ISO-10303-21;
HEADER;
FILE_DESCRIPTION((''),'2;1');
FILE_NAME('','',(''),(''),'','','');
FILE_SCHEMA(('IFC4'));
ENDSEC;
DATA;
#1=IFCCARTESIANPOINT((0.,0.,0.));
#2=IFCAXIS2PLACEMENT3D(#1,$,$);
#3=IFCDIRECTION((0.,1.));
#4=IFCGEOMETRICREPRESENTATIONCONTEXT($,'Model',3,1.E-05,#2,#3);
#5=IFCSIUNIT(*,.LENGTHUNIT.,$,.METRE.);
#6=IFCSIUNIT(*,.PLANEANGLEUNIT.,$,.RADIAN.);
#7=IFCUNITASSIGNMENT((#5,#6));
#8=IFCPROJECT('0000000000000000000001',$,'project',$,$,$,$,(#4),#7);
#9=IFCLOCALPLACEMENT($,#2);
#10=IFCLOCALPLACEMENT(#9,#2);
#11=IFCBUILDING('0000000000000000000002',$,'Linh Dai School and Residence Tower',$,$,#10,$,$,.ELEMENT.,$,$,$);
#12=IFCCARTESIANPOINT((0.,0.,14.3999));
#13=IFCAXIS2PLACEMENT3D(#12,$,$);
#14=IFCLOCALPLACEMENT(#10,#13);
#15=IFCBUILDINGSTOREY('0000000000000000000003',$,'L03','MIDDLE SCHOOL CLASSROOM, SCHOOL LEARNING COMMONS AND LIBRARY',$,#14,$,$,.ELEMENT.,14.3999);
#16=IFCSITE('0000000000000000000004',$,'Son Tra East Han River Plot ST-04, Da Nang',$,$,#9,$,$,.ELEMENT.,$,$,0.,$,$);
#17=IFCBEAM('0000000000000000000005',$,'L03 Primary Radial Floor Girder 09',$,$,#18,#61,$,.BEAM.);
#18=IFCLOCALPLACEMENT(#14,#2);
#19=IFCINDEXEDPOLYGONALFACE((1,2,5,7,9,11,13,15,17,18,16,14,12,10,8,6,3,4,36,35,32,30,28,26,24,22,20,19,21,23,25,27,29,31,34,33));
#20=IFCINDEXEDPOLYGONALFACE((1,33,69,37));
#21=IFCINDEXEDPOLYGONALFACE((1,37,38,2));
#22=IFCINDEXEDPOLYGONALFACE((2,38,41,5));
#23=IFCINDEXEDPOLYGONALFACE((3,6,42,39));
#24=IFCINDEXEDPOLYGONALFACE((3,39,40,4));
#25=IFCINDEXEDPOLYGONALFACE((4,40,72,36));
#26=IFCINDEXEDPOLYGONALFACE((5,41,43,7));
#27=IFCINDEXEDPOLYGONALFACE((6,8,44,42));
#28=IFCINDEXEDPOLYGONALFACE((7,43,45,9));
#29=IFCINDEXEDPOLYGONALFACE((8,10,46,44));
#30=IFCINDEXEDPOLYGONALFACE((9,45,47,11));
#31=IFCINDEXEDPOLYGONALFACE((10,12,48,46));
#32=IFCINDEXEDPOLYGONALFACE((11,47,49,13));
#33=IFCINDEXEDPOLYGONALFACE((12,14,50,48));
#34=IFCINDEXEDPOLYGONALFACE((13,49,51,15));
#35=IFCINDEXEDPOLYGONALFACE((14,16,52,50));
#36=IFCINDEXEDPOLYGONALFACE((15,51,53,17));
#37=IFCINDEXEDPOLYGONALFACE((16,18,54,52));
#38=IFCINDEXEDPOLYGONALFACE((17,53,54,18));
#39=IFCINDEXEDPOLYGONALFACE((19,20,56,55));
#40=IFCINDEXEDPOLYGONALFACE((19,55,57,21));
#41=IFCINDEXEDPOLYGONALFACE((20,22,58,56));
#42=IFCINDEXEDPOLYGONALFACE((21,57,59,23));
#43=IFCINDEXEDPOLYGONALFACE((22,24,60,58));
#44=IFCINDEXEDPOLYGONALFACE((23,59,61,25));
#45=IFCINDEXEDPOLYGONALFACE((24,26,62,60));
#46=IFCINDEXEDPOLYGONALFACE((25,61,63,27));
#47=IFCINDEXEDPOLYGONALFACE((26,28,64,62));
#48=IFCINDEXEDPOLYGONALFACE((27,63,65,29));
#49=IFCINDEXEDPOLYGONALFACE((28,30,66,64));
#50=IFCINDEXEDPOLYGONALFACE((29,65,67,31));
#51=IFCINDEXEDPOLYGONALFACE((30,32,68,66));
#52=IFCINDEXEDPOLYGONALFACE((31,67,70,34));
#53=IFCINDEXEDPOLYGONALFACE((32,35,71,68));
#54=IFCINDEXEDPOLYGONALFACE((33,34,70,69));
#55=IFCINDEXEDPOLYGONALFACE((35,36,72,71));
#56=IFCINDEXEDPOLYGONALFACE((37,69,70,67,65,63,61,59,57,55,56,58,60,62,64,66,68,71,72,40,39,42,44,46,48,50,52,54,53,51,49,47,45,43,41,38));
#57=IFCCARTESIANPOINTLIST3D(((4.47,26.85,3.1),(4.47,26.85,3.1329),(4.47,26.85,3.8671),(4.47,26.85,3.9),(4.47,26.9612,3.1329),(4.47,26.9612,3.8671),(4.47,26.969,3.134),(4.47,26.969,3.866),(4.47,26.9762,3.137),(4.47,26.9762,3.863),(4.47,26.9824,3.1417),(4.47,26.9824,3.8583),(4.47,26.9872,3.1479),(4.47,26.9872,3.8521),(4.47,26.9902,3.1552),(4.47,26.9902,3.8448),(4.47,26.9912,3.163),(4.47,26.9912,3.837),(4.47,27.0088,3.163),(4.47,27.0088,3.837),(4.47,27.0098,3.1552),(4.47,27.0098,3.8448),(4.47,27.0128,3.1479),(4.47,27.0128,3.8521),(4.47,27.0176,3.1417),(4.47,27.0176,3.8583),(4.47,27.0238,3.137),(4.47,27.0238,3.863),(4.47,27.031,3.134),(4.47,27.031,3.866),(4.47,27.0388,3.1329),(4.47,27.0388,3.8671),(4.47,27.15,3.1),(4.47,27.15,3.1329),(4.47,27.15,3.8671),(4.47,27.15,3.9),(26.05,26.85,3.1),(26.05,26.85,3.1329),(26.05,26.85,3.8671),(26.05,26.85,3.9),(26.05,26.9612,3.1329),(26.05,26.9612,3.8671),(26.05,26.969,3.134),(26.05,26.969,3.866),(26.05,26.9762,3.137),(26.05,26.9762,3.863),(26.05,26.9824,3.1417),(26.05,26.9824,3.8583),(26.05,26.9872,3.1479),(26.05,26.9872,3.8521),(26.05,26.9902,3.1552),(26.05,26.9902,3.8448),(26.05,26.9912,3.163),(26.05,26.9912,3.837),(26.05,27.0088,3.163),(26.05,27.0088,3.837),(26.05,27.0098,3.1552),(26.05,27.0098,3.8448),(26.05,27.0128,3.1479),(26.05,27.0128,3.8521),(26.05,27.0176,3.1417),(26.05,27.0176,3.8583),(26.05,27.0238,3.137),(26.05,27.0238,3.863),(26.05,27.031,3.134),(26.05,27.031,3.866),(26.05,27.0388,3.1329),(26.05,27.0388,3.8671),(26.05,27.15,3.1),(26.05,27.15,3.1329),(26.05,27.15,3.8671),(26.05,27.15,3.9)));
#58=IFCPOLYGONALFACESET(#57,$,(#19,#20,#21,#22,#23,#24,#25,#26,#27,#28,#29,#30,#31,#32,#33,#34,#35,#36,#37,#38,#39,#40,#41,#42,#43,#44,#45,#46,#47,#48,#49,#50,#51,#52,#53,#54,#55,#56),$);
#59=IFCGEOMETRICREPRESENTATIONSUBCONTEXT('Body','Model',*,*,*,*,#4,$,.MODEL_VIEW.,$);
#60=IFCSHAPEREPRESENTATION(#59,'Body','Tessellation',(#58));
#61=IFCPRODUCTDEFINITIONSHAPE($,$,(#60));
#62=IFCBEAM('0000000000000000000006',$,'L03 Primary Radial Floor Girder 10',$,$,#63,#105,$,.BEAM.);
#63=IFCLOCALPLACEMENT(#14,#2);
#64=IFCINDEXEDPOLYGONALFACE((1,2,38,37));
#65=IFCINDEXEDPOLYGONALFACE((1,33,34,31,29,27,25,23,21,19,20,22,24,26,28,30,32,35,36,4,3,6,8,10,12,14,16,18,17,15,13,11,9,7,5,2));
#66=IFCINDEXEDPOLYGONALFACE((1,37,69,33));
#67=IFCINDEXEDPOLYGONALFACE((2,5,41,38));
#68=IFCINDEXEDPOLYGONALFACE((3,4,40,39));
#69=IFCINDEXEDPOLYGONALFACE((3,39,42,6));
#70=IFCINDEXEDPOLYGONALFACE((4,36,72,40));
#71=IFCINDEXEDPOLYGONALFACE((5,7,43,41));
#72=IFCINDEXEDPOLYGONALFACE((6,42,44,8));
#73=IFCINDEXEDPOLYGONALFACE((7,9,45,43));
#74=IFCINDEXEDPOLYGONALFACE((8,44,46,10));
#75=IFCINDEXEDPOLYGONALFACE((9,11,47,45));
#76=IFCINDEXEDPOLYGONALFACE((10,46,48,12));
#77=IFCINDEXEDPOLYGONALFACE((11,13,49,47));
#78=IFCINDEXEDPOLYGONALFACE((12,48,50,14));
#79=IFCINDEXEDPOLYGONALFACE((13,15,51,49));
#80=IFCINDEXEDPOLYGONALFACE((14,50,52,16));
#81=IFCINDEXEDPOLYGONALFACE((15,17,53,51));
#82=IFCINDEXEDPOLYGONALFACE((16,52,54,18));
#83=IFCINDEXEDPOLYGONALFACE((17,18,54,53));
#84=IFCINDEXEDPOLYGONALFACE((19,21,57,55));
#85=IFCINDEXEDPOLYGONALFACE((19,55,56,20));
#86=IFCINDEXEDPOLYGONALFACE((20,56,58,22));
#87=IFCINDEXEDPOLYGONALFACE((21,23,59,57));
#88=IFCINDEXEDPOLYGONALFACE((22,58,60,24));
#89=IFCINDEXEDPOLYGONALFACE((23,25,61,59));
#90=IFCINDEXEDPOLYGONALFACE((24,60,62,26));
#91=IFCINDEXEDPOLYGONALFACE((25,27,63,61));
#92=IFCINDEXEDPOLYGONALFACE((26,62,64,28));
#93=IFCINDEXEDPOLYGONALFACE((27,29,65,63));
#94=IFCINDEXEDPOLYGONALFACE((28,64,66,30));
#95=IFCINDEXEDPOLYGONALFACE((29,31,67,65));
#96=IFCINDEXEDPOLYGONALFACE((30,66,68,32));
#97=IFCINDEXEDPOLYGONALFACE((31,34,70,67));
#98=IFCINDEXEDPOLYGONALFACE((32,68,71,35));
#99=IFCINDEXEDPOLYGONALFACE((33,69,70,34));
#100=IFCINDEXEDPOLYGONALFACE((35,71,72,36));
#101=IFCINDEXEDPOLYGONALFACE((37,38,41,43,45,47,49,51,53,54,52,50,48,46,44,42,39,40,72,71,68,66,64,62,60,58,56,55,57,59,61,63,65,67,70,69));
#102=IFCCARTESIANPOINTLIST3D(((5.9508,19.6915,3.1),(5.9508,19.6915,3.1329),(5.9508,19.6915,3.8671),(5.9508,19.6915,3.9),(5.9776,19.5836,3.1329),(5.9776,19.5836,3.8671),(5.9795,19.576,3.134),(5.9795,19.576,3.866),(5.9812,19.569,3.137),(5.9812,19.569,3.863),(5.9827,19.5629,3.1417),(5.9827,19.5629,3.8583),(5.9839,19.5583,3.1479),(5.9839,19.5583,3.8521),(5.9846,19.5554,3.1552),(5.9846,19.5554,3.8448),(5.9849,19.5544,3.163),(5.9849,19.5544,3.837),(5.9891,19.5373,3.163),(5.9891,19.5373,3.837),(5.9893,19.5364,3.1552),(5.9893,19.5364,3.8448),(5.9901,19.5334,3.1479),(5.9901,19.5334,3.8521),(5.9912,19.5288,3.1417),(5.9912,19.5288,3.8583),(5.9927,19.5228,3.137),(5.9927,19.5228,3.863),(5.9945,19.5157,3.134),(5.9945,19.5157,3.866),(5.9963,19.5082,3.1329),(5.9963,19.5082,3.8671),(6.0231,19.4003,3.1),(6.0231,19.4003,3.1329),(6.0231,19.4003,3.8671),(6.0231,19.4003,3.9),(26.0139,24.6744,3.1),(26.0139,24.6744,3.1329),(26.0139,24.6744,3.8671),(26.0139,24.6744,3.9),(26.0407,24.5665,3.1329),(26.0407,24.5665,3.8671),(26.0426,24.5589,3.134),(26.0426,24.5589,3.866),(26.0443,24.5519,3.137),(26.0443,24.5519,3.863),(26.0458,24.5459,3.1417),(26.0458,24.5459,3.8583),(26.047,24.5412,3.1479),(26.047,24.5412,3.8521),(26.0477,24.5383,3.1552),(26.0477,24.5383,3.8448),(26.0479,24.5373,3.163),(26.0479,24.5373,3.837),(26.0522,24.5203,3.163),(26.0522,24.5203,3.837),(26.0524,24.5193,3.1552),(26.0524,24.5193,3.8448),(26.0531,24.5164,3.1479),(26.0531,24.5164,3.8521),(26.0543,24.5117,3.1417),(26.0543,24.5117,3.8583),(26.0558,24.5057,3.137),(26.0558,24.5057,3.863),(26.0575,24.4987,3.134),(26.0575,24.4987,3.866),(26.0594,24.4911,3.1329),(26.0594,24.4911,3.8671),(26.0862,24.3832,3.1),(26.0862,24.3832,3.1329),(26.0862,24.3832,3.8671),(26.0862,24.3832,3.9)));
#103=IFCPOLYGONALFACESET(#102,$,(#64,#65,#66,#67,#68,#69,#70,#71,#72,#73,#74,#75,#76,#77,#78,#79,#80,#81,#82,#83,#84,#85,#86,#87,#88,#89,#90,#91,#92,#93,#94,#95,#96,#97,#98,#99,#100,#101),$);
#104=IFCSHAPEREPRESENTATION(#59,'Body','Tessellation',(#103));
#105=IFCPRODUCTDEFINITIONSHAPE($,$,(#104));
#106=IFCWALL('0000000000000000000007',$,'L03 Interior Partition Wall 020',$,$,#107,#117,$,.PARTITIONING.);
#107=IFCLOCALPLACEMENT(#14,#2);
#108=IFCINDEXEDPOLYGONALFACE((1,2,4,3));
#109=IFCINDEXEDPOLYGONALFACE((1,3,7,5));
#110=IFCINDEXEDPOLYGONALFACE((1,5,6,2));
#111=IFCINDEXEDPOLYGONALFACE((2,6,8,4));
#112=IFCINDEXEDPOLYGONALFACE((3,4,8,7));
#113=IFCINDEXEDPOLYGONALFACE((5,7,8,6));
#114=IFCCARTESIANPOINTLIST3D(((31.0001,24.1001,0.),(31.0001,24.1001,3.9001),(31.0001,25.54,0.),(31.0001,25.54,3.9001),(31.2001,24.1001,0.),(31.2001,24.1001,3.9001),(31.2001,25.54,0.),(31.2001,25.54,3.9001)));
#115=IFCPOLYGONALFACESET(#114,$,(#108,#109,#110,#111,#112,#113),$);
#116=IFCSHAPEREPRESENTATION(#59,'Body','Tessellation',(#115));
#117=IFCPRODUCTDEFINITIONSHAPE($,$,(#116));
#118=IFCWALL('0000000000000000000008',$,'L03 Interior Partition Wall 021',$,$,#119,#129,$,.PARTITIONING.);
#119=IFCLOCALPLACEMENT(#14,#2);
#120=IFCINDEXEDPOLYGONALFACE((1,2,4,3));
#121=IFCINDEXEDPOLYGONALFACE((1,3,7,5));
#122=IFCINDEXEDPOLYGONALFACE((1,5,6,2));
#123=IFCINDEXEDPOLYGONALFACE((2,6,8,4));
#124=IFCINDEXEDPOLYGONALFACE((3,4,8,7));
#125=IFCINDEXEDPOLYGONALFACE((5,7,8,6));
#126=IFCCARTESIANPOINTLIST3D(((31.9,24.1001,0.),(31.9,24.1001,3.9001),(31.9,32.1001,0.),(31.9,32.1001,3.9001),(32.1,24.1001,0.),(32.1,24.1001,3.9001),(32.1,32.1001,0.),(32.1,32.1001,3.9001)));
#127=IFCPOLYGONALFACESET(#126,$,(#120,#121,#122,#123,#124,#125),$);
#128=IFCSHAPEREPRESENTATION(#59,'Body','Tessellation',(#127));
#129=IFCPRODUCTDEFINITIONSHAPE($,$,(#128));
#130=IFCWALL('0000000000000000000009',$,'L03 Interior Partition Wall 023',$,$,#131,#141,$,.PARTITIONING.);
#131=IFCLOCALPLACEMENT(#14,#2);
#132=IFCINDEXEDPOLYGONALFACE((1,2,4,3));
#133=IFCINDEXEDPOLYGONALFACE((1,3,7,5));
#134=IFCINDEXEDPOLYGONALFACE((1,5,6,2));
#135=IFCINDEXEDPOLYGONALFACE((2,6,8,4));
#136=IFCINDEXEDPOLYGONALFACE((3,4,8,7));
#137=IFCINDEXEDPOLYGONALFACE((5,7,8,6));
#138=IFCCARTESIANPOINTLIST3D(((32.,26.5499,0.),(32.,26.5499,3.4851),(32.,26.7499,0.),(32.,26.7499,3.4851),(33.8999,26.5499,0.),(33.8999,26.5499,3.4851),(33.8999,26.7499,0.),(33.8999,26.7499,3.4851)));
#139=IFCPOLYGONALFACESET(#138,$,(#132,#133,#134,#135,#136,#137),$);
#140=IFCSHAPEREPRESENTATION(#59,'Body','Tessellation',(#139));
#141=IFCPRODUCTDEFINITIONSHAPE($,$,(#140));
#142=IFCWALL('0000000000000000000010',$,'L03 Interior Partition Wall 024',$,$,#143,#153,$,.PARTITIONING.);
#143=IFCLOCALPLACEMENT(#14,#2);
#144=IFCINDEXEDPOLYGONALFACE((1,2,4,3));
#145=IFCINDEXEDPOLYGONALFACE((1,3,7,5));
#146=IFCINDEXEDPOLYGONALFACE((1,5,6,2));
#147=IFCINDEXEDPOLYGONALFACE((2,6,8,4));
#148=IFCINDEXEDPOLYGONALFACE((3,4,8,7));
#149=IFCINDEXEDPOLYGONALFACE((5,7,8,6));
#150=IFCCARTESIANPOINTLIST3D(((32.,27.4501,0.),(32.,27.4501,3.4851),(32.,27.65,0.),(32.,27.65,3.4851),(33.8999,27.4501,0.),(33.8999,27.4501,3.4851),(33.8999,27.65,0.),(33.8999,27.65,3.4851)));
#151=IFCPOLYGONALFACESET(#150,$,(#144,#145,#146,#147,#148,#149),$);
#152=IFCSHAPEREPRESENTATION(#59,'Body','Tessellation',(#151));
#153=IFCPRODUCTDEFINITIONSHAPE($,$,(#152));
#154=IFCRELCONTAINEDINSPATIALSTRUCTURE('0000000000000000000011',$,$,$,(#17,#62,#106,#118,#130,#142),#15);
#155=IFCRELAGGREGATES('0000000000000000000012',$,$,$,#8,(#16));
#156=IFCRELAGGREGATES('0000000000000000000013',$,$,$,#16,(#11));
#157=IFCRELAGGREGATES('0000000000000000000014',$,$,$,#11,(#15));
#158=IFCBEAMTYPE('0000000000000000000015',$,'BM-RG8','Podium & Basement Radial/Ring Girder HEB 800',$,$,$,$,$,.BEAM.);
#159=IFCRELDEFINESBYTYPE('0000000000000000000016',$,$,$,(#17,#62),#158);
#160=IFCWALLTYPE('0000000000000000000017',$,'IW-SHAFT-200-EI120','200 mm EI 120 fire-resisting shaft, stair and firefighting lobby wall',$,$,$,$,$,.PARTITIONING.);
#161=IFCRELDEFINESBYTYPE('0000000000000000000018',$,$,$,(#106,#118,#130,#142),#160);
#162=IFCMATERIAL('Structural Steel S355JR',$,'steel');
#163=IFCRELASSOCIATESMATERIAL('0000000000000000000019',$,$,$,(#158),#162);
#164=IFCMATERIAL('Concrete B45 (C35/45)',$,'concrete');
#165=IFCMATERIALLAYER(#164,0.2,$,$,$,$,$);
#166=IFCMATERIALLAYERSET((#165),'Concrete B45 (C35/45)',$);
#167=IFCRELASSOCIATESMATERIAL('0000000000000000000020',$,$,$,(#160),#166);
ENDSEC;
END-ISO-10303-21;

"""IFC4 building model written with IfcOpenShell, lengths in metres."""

from ifc_helpers import new_model, si_unit, direction, frame, frame_2d, origin, origin_2d, place, context, subcontext, project, spatial, rectangle, i_section, extrude, material, layer, layer_set, material_profile, profile_set, type_object, element, save


model = new_model("IFC4")

# Units and contexts
model_context = context("Model", 3, precision=1e-05, world=origin(), true_north=direction((0.0, 1.0)))
body_context = subcontext(model_context, "Body", "Model", "MODEL_VIEW")
ifc_project = project(units=[si_unit("LENGTHUNIT", "METRE"), si_unit("PLANEANGLEUNIT", "RADIAN")], contexts=[model_context])

# Site, building, storey
site_placement = place(None, origin())
site = spatial("IfcSite", under=ifc_project, at=site_placement, Name="Son Tra East Han River Plot ST-04, Da Nang", CompositionType="ELEMENT", RefElevation=0.0)
building_placement = place(site_placement, origin())
building = spatial("IfcBuilding", under=site, at=building_placement, Name="Linh Dai School and Residence Tower", CompositionType="ELEMENT")
storey_placement = place(building_placement, frame((0.0, 0.0, 14.3999)))
storey = spatial("IfcBuildingStorey", under=building, at=storey_placement, Name="L03", Description="MIDDLE SCHOOL CLASSROOM, SCHOOL LEARNING COMMONS AND LIBRARY", CompositionType="ELEMENT", Elevation=14.3999)

# Shared definitions
ifc_material_1 = material(Name="Structural Steel S355JR", Category="steel")

# Beams
ifc_material_profile_1 = material_profile(ifc_material_1, i_section(OverallWidth=0.3, OverallDepth=0.8, WebThickness=0.0176, FlangeThickness=0.033, FilletRadius=0.03, at=origin_2d()), Name="HEB 800")
ifc_profile_set_1 = profile_set([ifc_material_profile_1], Name="Structural Steel S355JR")
beam_type = type_object("IfcBeamType", Name="BM-RG8", Description="Podium & Basement Radial/Ring Girder HEB 800", PredefinedType="BEAM", material=ifc_profile_set_1)
beam_1_placement = place(storey_placement, frame((26.05, 27.0, 3.5), z_axis=(-1.0, 0.0, 0.0), x_axis=(0.0, -1.0, 0.0)))
element("IfcBeam", 1, at=beam_1_placement, inside=storey, type_object=beam_type, Name="L03 Primary Radial Floor Girder 09", PredefinedType="BEAM", context=body_context, shape_type="SweptSolid", body=[
    extrude(i_section(OverallWidth=0.3, OverallDepth=0.8, WebThickness=0.0176, FlangeThickness=0.033, FilletRadius=0.03, at=origin_2d()), origin(), (0.0, 0.0, 1.0), 21.5801),
])
beam_2_placement = place(storey_placement, frame((26.05, 24.5288, 3.5), z_axis=(-0.970515, -0.24104, 0.0), x_axis=(0.24104, -0.970515, 0.0)))
element("IfcBeam", 2, at=beam_2_placement, inside=storey, type_object=beam_type, Name="L03 Primary Radial Floor Girder 10", PredefinedType="BEAM", context=body_context, shape_type="SweptSolid", body=[
    extrude(i_section(OverallWidth=0.3, OverallDepth=0.8, WebThickness=0.0176, FlangeThickness=0.033, FilletRadius=0.03, at=origin_2d()), origin(), (0.0, 0.0, 1.0), 20.6726),
])

# Walls
ifc_material_2 = material(Name="Concrete B45 (C35/45)", Category="concrete")
ifc_layer_1 = layer(ifc_material_2, 0.2)
ifc_layer_set_1 = layer_set([ifc_layer_1], Name="Concrete B45 (C35/45)")
wall_type_1 = type_object("IfcWallType", Name="IW-SHAFT-200-EI120", Description="200 mm EI 120 fire-resisting shaft, stair and firefighting lobby wall", PredefinedType="PARTITIONING", material=ifc_layer_set_1)
wall_1_placement = place(storey_placement, frame((31.1001, 24.1001, 0.0), z_axis=(0.0, 0.0, 1.0), x_axis=(0.0, 1.0, 0.0)))
element("IfcWall", 3, at=wall_1_placement, inside=storey, type_object=wall_type_1, Name="L03 Interior Partition Wall 020", PredefinedType="PARTITIONING", context=body_context, shape_type="SweptSolid", body=[
    extrude(rectangle(XDim=1.4399, YDim=0.2, at=frame_2d((0.72, 0.0))), origin(), (0.0, 0.0, 1.0), 3.9001),
])
wall_2_placement = place(storey_placement, frame((32.0, 24.1001, 0.0), z_axis=(0.0, 0.0, 1.0), x_axis=(0.0, 1.0, 0.0)))
element("IfcWall", 4, at=wall_2_placement, inside=storey, type_object=wall_type_1, Name="L03 Interior Partition Wall 021", PredefinedType="PARTITIONING", context=body_context, shape_type="SweptSolid", body=[
    extrude(rectangle(XDim=8.0, YDim=0.2, at=frame_2d((4.0, 0.0))), origin(), (0.0, 0.0, 1.0), 3.9001),
])

# Walls
for number, where, z_axis, x_axis, name in (
    (5, (32.0, 26.6499, 0.0), (0.0, 0.0, 1.0), (1.0, 0.0, 0.0), "L03 Interior Partition Wall 023"),
    (6, (32.0, 27.55, 0.0), (0.0, 0.0, 1.0), (1.0, 0.0, 0.0), "L03 Interior Partition Wall 024"),
):
    element("IfcWall", number, at=place(storey_placement, frame(where, z_axis=z_axis, x_axis=x_axis)), inside=storey, type_object=wall_type_1, Name=name, PredefinedType="PARTITIONING", context=body_context, shape_type="SweptSolid", body=[
        extrude(rectangle(XDim=1.8999, YDim=0.2, at=frame_2d((0.95, 0.0))), origin(), (0.0, 0.0, 1.0), 3.4851),
    ])

save(model, "model.ifc")
